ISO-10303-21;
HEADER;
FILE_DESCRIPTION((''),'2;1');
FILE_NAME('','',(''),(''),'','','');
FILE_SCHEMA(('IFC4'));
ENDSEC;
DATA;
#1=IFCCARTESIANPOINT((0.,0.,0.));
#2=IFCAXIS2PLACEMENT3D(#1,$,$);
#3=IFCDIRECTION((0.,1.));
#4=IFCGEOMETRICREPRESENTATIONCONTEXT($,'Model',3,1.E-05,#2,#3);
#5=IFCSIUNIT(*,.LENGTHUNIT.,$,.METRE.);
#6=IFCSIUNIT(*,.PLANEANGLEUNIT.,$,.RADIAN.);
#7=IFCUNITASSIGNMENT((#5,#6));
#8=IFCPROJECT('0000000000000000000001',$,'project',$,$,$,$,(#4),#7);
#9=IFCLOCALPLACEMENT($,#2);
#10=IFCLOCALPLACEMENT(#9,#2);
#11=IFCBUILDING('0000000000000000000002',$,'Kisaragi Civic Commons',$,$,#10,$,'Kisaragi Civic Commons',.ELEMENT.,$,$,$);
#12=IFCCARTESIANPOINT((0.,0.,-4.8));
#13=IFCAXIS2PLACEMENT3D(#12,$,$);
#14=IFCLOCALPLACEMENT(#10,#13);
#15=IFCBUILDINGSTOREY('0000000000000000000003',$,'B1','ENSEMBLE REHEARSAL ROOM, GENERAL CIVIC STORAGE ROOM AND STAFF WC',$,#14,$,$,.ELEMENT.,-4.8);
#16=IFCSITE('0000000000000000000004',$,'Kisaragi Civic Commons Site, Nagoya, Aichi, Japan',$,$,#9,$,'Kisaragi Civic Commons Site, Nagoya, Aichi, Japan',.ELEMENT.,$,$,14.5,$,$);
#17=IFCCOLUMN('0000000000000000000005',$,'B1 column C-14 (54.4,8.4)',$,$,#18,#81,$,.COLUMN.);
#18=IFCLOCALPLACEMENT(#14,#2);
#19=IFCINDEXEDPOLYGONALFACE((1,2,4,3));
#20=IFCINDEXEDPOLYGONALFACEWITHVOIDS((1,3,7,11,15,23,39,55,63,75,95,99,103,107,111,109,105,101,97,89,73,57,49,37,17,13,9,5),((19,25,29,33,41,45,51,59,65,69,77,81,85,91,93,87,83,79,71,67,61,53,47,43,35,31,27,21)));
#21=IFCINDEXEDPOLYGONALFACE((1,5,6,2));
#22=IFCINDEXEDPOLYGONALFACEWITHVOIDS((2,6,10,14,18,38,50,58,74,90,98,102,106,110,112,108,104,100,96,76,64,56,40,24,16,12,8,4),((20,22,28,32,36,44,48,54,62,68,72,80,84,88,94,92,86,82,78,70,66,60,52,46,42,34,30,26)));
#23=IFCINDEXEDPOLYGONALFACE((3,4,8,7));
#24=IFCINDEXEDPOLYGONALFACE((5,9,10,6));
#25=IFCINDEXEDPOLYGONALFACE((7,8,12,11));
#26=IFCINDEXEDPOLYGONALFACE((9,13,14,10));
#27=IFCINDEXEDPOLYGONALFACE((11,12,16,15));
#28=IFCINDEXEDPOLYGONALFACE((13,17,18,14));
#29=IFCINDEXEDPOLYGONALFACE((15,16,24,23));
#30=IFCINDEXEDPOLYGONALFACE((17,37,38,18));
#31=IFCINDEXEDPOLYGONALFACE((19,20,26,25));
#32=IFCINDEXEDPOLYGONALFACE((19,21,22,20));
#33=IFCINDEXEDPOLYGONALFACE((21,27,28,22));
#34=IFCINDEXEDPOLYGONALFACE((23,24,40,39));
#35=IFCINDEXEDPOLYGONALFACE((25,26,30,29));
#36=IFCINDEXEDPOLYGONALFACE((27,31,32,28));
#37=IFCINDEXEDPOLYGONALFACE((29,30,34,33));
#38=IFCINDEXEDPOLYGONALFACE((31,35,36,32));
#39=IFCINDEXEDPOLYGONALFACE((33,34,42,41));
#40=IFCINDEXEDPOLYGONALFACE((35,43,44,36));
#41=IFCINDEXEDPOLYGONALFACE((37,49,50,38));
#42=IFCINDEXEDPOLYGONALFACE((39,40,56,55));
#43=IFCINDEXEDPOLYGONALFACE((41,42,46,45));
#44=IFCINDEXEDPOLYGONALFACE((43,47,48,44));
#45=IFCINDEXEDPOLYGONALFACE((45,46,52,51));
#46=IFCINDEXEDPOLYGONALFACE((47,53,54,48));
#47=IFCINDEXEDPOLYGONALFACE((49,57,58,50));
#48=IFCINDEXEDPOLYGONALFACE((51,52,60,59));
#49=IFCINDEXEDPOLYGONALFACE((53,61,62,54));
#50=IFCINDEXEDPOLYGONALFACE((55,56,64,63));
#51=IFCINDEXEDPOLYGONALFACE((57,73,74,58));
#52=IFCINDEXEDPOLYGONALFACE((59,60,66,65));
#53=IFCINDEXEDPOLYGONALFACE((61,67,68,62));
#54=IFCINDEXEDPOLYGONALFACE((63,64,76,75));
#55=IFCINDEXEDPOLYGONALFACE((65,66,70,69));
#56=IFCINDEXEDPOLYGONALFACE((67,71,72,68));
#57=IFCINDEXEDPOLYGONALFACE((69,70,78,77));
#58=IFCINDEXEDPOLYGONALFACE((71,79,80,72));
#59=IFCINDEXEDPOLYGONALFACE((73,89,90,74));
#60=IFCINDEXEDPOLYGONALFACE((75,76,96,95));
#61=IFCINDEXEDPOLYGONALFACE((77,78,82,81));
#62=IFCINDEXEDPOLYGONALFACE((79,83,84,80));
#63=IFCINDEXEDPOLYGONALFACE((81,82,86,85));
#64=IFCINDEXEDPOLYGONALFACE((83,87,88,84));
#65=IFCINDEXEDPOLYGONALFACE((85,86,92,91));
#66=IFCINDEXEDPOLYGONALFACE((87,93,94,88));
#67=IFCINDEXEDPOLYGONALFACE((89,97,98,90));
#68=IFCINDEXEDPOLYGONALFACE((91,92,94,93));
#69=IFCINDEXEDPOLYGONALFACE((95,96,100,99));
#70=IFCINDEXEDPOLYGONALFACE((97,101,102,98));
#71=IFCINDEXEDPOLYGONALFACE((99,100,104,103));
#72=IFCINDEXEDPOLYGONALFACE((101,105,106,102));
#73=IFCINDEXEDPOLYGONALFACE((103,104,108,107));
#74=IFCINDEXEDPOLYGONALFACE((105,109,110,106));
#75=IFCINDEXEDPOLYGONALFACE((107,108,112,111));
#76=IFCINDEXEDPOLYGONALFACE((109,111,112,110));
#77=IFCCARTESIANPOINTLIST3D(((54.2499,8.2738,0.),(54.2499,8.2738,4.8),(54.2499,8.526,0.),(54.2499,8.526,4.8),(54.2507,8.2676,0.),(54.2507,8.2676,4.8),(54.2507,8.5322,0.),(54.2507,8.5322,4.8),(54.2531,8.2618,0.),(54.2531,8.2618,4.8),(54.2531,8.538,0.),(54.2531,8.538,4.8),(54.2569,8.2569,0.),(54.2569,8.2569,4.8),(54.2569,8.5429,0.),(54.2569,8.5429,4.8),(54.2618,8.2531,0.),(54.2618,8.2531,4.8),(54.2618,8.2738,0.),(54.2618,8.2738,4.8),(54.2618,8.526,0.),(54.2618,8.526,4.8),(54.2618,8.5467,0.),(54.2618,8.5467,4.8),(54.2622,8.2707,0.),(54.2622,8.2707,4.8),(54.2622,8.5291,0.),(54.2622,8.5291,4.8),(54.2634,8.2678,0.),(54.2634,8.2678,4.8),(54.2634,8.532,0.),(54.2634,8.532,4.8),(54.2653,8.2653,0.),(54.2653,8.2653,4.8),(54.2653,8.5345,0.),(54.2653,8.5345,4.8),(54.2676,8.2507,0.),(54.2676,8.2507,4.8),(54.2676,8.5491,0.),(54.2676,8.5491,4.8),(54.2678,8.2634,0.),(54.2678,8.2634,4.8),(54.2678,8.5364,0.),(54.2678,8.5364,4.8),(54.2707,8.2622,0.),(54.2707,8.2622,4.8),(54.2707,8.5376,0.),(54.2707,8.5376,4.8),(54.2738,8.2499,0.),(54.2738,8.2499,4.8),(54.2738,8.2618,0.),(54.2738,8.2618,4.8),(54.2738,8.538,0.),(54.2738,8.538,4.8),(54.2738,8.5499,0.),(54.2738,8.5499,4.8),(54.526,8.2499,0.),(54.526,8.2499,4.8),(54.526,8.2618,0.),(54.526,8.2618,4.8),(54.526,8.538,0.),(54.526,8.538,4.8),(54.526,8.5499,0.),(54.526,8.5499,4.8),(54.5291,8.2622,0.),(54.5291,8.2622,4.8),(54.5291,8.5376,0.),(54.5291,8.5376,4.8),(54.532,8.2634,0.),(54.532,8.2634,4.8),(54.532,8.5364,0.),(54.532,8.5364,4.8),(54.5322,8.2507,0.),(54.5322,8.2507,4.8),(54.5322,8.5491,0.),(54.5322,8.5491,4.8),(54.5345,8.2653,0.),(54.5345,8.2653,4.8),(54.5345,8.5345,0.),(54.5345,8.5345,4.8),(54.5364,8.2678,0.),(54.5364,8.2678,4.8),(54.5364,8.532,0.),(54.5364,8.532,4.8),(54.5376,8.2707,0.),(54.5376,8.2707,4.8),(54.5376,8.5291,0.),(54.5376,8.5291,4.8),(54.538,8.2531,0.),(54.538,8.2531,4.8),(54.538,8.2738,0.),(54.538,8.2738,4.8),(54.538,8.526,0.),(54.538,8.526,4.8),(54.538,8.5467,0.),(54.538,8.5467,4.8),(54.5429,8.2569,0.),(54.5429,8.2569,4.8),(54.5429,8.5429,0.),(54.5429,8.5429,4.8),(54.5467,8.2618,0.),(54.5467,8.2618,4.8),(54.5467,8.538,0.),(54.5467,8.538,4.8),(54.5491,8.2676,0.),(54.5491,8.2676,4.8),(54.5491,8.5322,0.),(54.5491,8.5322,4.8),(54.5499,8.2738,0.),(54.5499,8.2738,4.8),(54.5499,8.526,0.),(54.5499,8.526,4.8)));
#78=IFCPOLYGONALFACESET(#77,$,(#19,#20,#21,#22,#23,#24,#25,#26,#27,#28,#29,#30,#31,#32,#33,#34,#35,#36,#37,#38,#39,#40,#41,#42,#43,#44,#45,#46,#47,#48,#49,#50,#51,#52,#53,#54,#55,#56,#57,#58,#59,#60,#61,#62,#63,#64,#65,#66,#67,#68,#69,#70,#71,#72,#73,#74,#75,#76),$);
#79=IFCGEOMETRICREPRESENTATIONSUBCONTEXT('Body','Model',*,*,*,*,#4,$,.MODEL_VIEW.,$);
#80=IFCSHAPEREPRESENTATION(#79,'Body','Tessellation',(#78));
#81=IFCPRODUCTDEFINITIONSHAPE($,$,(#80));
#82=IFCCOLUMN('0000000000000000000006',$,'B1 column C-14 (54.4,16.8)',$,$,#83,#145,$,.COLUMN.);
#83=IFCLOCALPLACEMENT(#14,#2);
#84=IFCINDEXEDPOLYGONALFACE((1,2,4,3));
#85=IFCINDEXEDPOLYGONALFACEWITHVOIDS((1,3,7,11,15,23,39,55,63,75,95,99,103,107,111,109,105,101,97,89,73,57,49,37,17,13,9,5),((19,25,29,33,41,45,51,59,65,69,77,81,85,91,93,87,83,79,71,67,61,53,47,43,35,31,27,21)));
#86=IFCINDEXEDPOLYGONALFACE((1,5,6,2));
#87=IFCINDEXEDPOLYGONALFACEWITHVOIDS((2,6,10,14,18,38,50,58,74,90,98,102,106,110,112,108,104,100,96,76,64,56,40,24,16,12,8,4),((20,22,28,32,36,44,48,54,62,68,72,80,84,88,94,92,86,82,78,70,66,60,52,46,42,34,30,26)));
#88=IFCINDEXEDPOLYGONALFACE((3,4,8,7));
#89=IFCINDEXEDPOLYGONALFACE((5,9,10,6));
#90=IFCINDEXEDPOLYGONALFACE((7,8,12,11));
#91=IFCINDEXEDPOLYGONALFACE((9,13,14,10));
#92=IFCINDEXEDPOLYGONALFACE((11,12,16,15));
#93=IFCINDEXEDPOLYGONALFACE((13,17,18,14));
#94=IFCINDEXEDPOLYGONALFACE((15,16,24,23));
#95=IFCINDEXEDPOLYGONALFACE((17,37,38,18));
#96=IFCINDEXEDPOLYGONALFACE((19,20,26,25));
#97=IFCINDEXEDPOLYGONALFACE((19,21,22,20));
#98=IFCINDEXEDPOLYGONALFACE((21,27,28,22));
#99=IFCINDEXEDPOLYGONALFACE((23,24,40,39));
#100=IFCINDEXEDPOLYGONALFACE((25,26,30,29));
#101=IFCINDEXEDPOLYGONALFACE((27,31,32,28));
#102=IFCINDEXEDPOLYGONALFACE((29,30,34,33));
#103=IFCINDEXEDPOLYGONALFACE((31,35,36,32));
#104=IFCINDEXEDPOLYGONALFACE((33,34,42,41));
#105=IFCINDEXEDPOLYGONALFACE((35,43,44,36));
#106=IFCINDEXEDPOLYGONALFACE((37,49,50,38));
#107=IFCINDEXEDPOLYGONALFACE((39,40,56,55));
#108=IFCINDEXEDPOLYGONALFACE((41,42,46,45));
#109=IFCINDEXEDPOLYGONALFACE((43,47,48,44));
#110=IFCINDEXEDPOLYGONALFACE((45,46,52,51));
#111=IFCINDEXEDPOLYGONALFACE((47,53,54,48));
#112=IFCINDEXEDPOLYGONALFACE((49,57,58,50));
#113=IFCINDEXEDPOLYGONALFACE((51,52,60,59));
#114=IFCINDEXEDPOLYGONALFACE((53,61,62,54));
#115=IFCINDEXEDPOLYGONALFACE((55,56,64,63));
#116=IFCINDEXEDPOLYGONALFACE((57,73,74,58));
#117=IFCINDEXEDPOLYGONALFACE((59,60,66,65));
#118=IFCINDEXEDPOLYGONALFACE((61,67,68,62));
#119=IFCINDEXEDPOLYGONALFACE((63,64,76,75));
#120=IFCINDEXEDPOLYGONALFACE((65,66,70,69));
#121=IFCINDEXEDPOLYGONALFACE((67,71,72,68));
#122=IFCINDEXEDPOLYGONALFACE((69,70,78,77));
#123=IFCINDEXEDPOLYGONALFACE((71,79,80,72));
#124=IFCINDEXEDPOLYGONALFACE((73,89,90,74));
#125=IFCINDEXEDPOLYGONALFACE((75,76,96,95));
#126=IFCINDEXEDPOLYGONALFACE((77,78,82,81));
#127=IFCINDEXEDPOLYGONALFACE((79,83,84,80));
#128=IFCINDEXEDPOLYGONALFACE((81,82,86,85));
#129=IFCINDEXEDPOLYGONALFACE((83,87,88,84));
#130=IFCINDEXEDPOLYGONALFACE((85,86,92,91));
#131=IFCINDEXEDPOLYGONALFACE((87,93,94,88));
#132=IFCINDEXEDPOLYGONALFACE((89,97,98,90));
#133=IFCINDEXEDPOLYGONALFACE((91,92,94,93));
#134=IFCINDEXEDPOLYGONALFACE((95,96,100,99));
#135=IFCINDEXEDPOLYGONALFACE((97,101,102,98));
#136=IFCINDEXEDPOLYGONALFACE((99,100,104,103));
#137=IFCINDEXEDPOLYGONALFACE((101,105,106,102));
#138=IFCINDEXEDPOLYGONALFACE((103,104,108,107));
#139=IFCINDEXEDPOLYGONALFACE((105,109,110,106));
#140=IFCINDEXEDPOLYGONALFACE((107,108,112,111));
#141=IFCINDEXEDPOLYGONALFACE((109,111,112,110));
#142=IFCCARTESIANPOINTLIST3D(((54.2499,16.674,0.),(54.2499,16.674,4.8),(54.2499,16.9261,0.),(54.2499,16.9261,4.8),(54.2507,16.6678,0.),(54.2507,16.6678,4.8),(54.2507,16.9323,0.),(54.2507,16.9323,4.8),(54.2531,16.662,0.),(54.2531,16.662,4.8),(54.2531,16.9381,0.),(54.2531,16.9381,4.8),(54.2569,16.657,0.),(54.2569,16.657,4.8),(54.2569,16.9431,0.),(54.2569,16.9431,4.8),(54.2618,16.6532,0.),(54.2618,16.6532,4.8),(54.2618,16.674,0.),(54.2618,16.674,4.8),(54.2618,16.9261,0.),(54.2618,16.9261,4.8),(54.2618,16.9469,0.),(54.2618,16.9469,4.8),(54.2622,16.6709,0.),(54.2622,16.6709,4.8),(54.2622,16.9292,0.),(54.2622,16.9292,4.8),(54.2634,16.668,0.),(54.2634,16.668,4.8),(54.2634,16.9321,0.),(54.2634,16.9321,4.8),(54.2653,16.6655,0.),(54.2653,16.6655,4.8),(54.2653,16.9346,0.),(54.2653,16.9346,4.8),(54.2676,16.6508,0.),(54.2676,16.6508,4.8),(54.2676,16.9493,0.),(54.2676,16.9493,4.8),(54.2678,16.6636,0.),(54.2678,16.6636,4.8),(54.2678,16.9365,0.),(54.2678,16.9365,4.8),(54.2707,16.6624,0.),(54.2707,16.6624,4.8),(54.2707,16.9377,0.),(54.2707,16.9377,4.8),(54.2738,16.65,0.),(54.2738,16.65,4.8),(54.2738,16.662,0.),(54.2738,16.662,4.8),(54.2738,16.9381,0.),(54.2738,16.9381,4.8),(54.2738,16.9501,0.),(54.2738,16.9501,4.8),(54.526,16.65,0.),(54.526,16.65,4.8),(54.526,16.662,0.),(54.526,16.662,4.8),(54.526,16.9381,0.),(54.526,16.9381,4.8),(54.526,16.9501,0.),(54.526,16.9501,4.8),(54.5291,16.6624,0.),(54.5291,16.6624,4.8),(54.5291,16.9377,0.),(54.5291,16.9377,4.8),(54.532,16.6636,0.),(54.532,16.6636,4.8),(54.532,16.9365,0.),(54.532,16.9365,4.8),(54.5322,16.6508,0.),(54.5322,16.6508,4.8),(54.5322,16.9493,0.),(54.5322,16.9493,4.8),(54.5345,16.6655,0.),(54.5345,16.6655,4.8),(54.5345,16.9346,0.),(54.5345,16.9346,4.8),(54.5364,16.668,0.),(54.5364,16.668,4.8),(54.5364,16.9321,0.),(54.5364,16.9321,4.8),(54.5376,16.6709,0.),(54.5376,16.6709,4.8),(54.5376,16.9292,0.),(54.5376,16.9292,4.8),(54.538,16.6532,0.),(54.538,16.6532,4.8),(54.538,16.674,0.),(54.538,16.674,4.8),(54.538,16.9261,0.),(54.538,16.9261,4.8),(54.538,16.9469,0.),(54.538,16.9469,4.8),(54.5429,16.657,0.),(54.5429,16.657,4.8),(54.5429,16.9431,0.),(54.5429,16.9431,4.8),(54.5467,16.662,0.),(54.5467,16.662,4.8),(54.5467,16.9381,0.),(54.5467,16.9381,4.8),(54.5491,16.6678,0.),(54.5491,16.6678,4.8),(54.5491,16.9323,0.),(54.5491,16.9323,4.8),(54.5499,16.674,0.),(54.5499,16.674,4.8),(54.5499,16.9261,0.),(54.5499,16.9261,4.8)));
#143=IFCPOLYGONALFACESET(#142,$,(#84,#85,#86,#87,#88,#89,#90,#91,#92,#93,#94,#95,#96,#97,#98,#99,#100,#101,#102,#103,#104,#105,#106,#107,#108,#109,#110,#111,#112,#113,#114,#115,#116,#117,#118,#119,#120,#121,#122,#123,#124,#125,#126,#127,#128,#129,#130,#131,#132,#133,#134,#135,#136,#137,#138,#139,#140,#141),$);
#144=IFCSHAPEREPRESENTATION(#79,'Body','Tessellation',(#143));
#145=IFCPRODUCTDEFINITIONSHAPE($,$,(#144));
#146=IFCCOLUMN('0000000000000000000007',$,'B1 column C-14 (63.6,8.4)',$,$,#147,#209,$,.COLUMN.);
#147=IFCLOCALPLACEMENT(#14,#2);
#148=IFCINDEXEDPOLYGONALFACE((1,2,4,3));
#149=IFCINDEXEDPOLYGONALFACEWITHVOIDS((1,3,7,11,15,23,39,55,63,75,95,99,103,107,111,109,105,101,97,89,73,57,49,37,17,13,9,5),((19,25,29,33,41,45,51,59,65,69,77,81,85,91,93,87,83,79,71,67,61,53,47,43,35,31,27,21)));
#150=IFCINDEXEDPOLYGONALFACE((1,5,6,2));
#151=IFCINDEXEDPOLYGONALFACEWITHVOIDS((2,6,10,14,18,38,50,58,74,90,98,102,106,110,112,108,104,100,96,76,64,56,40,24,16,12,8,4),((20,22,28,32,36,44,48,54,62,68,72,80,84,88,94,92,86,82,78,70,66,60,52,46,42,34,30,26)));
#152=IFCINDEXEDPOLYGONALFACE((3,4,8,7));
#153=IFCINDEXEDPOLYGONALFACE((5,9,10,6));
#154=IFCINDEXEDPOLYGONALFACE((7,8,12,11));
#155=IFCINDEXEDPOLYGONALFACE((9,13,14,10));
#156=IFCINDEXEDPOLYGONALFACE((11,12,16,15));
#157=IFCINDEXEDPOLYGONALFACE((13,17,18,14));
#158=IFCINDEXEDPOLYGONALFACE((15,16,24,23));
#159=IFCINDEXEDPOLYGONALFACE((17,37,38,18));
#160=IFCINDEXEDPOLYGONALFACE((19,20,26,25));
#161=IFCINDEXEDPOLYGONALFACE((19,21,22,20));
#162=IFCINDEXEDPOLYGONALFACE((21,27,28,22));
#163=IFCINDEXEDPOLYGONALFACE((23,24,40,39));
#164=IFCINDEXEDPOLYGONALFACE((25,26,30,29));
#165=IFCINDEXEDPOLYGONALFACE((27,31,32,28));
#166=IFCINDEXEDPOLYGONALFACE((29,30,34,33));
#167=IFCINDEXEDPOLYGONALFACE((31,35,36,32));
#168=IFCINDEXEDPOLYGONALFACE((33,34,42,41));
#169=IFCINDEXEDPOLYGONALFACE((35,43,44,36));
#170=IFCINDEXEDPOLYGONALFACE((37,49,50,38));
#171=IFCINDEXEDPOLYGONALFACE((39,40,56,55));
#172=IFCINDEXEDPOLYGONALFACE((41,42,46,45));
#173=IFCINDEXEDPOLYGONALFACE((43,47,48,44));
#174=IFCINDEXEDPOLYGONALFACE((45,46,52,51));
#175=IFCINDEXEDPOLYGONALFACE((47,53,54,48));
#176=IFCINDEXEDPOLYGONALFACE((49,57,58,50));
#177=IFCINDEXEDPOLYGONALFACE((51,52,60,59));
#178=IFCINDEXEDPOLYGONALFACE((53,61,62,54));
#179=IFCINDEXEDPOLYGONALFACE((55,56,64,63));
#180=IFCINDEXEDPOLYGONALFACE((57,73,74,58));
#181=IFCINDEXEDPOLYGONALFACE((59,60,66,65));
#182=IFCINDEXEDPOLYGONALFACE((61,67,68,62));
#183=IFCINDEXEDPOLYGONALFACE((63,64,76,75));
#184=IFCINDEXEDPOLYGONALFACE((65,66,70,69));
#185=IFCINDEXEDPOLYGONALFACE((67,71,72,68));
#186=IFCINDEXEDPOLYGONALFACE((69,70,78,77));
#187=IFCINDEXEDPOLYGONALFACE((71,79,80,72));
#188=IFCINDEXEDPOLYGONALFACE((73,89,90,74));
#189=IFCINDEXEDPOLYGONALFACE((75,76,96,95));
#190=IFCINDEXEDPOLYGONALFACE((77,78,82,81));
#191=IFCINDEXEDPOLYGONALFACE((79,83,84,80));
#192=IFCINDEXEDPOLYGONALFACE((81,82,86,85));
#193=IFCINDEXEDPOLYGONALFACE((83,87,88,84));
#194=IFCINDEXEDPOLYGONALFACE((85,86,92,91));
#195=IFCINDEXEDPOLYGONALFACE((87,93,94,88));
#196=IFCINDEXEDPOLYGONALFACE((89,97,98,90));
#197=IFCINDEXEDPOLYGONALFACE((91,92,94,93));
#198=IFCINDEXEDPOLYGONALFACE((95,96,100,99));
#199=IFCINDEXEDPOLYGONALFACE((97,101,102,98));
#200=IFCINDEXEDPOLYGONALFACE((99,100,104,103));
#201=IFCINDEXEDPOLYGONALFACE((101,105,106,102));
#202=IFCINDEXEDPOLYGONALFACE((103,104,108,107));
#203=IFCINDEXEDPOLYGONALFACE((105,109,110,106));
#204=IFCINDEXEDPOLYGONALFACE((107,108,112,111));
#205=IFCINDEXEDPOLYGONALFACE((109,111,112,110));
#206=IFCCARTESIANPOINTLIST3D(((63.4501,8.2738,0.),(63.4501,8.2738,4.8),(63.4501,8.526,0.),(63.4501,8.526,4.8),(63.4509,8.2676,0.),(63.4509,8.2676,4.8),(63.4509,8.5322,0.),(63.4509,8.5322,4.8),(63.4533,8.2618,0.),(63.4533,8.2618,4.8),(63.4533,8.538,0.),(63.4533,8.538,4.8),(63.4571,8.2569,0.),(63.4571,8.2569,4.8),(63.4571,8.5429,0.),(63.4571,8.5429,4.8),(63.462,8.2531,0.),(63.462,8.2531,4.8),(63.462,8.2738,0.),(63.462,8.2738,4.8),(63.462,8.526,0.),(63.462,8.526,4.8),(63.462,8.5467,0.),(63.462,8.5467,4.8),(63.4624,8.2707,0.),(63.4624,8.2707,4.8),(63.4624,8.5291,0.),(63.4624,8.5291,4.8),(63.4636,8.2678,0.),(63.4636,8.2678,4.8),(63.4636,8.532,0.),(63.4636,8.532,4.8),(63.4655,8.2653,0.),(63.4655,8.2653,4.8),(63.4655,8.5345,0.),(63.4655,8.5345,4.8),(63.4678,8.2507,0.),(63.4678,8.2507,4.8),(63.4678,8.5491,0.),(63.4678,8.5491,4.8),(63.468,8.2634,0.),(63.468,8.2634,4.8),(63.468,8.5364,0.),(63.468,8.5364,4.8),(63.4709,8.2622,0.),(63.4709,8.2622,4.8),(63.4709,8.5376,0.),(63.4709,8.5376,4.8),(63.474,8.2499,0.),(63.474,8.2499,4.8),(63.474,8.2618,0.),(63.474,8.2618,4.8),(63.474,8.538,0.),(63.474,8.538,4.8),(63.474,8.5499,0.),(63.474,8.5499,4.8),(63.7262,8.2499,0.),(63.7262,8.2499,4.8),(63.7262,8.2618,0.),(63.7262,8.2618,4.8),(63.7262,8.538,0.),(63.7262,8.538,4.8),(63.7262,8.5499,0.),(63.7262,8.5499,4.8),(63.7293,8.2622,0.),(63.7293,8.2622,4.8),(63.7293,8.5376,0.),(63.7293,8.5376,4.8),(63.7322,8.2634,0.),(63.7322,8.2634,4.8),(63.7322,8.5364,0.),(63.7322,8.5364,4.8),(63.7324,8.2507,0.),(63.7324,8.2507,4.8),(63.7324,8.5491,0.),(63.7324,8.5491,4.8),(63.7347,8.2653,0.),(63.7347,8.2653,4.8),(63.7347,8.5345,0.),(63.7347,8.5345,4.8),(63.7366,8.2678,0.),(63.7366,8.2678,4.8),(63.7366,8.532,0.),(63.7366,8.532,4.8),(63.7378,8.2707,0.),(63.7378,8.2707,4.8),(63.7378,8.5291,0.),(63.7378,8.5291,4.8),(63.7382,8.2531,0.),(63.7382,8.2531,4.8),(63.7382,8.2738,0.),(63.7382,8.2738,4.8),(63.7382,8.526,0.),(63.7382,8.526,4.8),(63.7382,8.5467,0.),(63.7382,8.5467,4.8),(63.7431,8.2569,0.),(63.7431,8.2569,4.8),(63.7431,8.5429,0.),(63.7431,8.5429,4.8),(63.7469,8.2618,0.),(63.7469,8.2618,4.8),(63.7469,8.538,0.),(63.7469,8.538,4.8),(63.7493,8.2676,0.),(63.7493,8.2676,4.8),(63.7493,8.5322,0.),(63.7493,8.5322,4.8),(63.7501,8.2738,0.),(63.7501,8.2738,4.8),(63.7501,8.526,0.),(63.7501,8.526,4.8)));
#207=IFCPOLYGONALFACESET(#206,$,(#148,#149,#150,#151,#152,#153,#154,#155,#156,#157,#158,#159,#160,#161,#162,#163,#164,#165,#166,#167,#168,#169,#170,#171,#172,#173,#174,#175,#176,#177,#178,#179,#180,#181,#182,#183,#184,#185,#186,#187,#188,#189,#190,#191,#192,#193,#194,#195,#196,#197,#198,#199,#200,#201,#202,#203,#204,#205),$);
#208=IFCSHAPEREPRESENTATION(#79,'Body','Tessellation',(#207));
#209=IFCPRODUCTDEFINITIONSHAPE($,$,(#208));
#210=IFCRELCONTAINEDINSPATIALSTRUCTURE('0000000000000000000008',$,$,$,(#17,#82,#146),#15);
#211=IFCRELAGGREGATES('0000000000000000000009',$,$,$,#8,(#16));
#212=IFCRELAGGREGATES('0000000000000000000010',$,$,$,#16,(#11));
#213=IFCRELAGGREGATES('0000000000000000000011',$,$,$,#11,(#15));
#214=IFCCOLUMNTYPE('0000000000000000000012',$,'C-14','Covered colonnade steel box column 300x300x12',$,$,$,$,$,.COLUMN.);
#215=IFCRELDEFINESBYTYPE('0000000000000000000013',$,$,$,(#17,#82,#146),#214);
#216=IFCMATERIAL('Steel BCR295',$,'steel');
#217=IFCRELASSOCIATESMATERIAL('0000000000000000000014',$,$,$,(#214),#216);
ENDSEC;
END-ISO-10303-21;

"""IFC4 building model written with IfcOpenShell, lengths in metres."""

from ifc_helpers import new_model, si_unit, direction, frame, origin, origin_2d, place, context, subcontext, project, spatial, hollow_rectangle, extrude, material, material_profile, profile_set, type_object, element, save


model = new_model("IFC4")

# Units and contexts
model_context = context("Model", 3, precision=1e-05, world=origin(), true_north=direction((0.0, 1.0)))
body_context = subcontext(model_context, "Body", "Model", "MODEL_VIEW")
ifc_project = project(units=[si_unit("LENGTHUNIT", "METRE"), si_unit("PLANEANGLEUNIT", "RADIAN")], contexts=[model_context])

# Site, building, storey
site_placement = place(None, origin())
site = spatial("IfcSite", under=ifc_project, at=site_placement, Name="Kisaragi Civic Commons Site, Nagoya, Aichi, Japan", LongName="Kisaragi Civic Commons Site, Nagoya, Aichi, Japan", CompositionType="ELEMENT", RefElevation=14.5)
building_placement = place(site_placement, origin())
building = spatial("IfcBuilding", under=site, at=building_placement, Name="Kisaragi Civic Commons", LongName="Kisaragi Civic Commons", CompositionType="ELEMENT")
storey_placement = place(building_placement, frame((0.0, 0.0, -4.8)))
storey = spatial("IfcBuildingStorey", under=building, at=storey_placement, Name="B1", Description="ENSEMBLE REHEARSAL ROOM, GENERAL CIVIC STORAGE ROOM AND STAFF WC", CompositionType="ELEMENT", Elevation=-4.8)

# Columns
ifc_material_1 = material(Name="Steel BCR295", Category="steel")
ifc_material_profile_1 = material_profile(ifc_material_1, hollow_rectangle(XDim=0.3, YDim=0.3, WallThickness=0.012, InnerFilletRadius=0.012, OuterFilletRadius=0.0239, at=origin_2d()), Name="BCR-300x300x12", Category="steel")
ifc_profile_set_1 = profile_set([ifc_material_profile_1], Name="Steel BCR295")
column_type_1 = type_object("IfcColumnType", Name="C-14", Description="Covered colonnade steel box column 300x300x12", PredefinedType="COLUMN", material=ifc_profile_set_1)
for number, where, z_axis, x_axis, name in (
    (1, (54.3999, 8.3999, 0.0), (0.0, 0.0, 1.0), (1.0, 0.0, 0.0), "B1 column C-14 (54.4,8.4)"),
    (2, (54.3999, 16.8, 0.0), (0.0, 0.0, 1.0), (1.0, 0.0, 0.0), "B1 column C-14 (54.4,16.8)"),
    (3, (63.6001, 8.3999, 0.0), (0.0, 0.0, 1.0), (1.0, 0.0, 0.0), "B1 column C-14 (63.6,8.4)"),
):
    element("IfcColumn", number, at=place(storey_placement, frame(where, z_axis=z_axis, x_axis=x_axis)), inside=storey, type_object=column_type_1, Name=name, PredefinedType="COLUMN", context=body_context, shape_type="SweptSolid", body=[
        extrude(hollow_rectangle(XDim=0.3, YDim=0.3, WallThickness=0.012, InnerFilletRadius=0.012, OuterFilletRadius=0.0239, at=origin_2d()), origin(), (0.0, 0.0, 1.0), 4.8),
    ])

save(model, "model.ifc")
